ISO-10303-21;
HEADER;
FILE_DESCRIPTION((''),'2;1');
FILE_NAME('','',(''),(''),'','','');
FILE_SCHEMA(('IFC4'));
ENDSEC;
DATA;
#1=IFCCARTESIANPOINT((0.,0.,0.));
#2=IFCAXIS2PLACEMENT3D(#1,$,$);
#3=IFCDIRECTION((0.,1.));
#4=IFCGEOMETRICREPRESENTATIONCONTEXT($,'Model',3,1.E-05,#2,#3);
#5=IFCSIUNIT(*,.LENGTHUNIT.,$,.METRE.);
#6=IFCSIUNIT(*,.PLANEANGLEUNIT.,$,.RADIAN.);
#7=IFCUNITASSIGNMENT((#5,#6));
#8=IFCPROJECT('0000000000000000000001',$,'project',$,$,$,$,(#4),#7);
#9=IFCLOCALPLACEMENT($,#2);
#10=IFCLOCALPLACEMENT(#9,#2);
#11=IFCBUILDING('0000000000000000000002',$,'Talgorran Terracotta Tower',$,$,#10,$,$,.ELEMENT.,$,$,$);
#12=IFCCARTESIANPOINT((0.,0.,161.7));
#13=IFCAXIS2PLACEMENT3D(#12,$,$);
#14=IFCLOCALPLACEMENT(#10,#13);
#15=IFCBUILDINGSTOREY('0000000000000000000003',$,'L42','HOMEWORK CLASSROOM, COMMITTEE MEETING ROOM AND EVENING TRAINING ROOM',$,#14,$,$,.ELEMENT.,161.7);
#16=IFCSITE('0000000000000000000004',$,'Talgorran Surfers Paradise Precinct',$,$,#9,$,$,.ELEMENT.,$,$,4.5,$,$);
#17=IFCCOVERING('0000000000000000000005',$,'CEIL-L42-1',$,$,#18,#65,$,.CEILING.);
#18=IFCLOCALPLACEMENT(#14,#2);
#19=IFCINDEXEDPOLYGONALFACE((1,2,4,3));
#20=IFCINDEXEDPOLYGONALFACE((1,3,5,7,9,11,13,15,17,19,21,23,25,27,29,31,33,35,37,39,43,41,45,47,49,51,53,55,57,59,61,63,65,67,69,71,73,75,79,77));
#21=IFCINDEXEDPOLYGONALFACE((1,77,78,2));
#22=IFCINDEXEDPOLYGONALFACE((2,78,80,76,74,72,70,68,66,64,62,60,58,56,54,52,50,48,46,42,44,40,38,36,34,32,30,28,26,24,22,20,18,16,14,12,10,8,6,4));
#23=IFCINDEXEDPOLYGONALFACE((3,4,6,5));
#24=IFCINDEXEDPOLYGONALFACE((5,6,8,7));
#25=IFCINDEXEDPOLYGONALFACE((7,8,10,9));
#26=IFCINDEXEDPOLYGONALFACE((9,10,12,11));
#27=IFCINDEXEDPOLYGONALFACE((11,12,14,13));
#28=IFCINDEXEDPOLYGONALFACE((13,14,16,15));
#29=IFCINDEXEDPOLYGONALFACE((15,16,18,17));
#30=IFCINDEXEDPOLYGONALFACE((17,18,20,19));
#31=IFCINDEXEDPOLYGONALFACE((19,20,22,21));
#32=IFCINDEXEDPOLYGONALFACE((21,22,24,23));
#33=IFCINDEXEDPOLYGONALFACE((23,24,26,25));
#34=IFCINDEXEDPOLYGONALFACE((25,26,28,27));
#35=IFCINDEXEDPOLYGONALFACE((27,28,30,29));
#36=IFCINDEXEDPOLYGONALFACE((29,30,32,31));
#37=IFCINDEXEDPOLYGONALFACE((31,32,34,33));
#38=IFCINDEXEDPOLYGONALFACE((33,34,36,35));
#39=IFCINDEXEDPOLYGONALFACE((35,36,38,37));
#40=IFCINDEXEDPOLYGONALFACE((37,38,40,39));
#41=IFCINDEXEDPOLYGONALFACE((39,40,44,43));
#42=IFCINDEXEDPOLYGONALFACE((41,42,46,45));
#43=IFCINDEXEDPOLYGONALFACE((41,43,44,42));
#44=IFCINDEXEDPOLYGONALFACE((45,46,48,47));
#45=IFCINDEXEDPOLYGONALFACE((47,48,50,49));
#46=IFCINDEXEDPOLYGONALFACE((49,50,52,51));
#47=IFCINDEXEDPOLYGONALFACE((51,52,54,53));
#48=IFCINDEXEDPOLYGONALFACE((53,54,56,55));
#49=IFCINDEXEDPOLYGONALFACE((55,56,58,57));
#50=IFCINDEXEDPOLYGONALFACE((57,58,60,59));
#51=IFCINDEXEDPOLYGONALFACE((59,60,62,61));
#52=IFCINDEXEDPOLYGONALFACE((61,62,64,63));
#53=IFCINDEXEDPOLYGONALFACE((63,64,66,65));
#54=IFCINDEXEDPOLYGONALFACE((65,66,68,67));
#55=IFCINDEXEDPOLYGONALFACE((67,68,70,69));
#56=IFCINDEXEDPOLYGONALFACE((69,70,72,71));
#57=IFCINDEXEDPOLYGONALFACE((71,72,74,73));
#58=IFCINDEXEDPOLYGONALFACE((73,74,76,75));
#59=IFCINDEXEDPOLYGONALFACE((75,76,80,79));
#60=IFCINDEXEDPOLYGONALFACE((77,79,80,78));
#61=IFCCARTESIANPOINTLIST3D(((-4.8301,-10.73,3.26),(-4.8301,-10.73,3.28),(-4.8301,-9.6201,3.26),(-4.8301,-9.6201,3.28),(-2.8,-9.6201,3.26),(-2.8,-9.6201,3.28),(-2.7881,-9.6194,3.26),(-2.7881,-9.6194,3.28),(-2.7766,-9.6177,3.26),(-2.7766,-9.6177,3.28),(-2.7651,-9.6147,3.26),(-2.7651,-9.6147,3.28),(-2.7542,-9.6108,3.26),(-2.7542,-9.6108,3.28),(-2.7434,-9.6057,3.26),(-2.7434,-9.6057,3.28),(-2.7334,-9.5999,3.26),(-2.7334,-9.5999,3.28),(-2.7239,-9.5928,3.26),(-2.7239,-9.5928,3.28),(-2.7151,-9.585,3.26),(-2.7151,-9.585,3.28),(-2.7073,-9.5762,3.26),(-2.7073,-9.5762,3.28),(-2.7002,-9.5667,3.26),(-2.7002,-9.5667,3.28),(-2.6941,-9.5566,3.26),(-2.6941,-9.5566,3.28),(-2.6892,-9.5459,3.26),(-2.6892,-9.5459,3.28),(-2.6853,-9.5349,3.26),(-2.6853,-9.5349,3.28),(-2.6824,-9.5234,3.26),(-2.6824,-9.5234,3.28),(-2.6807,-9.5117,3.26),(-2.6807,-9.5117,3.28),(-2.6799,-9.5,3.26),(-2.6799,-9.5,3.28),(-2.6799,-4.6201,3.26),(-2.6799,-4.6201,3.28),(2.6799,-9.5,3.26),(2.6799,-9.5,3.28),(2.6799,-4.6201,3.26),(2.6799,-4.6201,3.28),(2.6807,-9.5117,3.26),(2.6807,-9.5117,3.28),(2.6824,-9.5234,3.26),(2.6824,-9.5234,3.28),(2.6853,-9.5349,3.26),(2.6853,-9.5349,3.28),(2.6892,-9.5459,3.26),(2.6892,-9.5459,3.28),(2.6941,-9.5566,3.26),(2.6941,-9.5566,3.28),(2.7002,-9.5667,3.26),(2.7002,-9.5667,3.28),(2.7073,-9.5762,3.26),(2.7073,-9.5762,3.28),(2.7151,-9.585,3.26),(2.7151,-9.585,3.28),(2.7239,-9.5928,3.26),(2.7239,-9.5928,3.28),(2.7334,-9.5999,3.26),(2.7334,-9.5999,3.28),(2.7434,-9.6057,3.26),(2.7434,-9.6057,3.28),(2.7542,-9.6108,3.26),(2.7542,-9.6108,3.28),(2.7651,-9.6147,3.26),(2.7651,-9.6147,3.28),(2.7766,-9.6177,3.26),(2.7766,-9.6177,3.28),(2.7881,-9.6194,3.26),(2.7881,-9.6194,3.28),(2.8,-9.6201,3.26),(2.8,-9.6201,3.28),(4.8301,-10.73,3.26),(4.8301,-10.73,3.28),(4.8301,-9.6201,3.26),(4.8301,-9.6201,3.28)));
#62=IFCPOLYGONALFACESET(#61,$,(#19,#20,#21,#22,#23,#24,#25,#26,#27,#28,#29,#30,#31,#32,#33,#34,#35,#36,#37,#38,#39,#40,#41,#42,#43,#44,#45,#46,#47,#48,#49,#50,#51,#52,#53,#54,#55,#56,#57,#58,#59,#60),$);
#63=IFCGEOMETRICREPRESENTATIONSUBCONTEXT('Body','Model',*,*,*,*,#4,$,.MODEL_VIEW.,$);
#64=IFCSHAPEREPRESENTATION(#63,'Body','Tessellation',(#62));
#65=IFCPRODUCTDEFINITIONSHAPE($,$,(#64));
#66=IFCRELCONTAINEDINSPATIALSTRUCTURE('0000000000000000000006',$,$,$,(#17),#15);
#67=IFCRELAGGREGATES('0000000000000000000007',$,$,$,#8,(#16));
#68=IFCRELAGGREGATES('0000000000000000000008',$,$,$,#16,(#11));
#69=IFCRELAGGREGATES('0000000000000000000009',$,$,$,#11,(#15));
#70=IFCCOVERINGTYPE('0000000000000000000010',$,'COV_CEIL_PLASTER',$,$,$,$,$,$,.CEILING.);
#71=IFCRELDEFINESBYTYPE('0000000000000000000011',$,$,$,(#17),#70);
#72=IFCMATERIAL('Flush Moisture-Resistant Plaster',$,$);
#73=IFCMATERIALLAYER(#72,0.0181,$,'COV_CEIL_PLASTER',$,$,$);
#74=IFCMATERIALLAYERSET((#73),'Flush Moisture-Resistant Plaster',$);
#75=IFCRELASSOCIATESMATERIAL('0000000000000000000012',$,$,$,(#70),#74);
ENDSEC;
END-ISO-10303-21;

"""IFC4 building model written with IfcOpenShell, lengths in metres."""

from ifc_helpers import new_model, si_unit, direction, frame, origin, place, context, subcontext, project, spatial, polyline, outline, extrude, material, layer, layer_set, type_object, element, save


model = new_model("IFC4")

# Units and contexts
model_context = context("Model", 3, precision=1e-05, world=origin(), true_north=direction((0.0, 1.0)))
body_context = subcontext(model_context, "Body", "Model", "MODEL_VIEW")
ifc_project = project(units=[si_unit("LENGTHUNIT", "METRE"), si_unit("PLANEANGLEUNIT", "RADIAN")], contexts=[model_context])

# Site, building, storey
site_placement = place(None, origin())
site = spatial("IfcSite", under=ifc_project, at=site_placement, Name="Talgorran Surfers Paradise Precinct", CompositionType="ELEMENT", RefElevation=4.5)
building_placement = place(site_placement, origin())
building = spatial("IfcBuilding", under=site, at=building_placement, Name="Talgorran Terracotta Tower", CompositionType="ELEMENT")
storey_placement = place(building_placement, frame((0.0, 0.0, 161.7)))
storey = spatial("IfcBuildingStorey", under=building, at=storey_placement, Name="L42", Description="HOMEWORK CLASSROOM, COMMITTEE MEETING ROOM AND EVENING TRAINING ROOM", CompositionType="ELEMENT", Elevation=161.7)

# Covering
ifc_material_1 = material(Name="Flush Moisture-Resistant Plaster")
ifc_layer_1 = layer(ifc_material_1, 0.0181, Name="COV_CEIL_PLASTER")
ifc_layer_set_1 = layer_set([ifc_layer_1], Name="Flush Moisture-Resistant Plaster")
covering_type_1 = type_object("IfcCoveringType", Name="COV_CEIL_PLASTER", PredefinedType="CEILING", material=ifc_layer_set_1)
covering_1_placement = place(storey_placement, frame((0.0, 0.0, 3.26)))
element("IfcCovering", 1, at=covering_1_placement, inside=storey, type_object=covering_type_1, Name="CEIL-L42-1", PredefinedType="CEILING", context=body_context, shape_type="SweptSolid", body=[
    extrude(outline(polyline([(-4.8301, -9.6201), (-2.8, -9.6201), (-2.7881, -9.6194), (-2.7766, -9.6177), (-2.7651, -9.6147), (-2.7542, -9.6108), (-2.7434, -9.6057), (-2.7334, -9.5999), (-2.7239, -9.5928), (-2.7151, -9.585), (-2.7073, -9.5762), (-2.7002, -9.5667), (-2.6941, -9.5566), (-2.6892, -9.5459), (-2.6853, -9.5349), (-2.6824, -9.5234), (-2.6807, -9.5117), (-2.6799, -9.5), (-2.6799, -4.6201), (2.6799, -4.6201), (2.6799, -9.5), (2.6807, -9.5117), (2.6824, -9.5234), (2.6853, -9.5349), (2.6892, -9.5459), (2.6941, -9.5566), (2.7002, -9.5667), (2.7073, -9.5762), (2.7151, -9.585), (2.7239, -9.5928), (2.7334, -9.5999), (2.7434, -9.6057), (2.7542, -9.6108), (2.7651, -9.6147), (2.7766, -9.6177), (2.7881, -9.6194), (2.8, -9.6201), (4.8301, -9.6201), (4.8301, -10.73), (-4.8301, -10.73), (-4.8301, -9.6201)])), origin(), (0.0, 0.0, 1.0), 0.02),
])

save(model, "model.ifc")
